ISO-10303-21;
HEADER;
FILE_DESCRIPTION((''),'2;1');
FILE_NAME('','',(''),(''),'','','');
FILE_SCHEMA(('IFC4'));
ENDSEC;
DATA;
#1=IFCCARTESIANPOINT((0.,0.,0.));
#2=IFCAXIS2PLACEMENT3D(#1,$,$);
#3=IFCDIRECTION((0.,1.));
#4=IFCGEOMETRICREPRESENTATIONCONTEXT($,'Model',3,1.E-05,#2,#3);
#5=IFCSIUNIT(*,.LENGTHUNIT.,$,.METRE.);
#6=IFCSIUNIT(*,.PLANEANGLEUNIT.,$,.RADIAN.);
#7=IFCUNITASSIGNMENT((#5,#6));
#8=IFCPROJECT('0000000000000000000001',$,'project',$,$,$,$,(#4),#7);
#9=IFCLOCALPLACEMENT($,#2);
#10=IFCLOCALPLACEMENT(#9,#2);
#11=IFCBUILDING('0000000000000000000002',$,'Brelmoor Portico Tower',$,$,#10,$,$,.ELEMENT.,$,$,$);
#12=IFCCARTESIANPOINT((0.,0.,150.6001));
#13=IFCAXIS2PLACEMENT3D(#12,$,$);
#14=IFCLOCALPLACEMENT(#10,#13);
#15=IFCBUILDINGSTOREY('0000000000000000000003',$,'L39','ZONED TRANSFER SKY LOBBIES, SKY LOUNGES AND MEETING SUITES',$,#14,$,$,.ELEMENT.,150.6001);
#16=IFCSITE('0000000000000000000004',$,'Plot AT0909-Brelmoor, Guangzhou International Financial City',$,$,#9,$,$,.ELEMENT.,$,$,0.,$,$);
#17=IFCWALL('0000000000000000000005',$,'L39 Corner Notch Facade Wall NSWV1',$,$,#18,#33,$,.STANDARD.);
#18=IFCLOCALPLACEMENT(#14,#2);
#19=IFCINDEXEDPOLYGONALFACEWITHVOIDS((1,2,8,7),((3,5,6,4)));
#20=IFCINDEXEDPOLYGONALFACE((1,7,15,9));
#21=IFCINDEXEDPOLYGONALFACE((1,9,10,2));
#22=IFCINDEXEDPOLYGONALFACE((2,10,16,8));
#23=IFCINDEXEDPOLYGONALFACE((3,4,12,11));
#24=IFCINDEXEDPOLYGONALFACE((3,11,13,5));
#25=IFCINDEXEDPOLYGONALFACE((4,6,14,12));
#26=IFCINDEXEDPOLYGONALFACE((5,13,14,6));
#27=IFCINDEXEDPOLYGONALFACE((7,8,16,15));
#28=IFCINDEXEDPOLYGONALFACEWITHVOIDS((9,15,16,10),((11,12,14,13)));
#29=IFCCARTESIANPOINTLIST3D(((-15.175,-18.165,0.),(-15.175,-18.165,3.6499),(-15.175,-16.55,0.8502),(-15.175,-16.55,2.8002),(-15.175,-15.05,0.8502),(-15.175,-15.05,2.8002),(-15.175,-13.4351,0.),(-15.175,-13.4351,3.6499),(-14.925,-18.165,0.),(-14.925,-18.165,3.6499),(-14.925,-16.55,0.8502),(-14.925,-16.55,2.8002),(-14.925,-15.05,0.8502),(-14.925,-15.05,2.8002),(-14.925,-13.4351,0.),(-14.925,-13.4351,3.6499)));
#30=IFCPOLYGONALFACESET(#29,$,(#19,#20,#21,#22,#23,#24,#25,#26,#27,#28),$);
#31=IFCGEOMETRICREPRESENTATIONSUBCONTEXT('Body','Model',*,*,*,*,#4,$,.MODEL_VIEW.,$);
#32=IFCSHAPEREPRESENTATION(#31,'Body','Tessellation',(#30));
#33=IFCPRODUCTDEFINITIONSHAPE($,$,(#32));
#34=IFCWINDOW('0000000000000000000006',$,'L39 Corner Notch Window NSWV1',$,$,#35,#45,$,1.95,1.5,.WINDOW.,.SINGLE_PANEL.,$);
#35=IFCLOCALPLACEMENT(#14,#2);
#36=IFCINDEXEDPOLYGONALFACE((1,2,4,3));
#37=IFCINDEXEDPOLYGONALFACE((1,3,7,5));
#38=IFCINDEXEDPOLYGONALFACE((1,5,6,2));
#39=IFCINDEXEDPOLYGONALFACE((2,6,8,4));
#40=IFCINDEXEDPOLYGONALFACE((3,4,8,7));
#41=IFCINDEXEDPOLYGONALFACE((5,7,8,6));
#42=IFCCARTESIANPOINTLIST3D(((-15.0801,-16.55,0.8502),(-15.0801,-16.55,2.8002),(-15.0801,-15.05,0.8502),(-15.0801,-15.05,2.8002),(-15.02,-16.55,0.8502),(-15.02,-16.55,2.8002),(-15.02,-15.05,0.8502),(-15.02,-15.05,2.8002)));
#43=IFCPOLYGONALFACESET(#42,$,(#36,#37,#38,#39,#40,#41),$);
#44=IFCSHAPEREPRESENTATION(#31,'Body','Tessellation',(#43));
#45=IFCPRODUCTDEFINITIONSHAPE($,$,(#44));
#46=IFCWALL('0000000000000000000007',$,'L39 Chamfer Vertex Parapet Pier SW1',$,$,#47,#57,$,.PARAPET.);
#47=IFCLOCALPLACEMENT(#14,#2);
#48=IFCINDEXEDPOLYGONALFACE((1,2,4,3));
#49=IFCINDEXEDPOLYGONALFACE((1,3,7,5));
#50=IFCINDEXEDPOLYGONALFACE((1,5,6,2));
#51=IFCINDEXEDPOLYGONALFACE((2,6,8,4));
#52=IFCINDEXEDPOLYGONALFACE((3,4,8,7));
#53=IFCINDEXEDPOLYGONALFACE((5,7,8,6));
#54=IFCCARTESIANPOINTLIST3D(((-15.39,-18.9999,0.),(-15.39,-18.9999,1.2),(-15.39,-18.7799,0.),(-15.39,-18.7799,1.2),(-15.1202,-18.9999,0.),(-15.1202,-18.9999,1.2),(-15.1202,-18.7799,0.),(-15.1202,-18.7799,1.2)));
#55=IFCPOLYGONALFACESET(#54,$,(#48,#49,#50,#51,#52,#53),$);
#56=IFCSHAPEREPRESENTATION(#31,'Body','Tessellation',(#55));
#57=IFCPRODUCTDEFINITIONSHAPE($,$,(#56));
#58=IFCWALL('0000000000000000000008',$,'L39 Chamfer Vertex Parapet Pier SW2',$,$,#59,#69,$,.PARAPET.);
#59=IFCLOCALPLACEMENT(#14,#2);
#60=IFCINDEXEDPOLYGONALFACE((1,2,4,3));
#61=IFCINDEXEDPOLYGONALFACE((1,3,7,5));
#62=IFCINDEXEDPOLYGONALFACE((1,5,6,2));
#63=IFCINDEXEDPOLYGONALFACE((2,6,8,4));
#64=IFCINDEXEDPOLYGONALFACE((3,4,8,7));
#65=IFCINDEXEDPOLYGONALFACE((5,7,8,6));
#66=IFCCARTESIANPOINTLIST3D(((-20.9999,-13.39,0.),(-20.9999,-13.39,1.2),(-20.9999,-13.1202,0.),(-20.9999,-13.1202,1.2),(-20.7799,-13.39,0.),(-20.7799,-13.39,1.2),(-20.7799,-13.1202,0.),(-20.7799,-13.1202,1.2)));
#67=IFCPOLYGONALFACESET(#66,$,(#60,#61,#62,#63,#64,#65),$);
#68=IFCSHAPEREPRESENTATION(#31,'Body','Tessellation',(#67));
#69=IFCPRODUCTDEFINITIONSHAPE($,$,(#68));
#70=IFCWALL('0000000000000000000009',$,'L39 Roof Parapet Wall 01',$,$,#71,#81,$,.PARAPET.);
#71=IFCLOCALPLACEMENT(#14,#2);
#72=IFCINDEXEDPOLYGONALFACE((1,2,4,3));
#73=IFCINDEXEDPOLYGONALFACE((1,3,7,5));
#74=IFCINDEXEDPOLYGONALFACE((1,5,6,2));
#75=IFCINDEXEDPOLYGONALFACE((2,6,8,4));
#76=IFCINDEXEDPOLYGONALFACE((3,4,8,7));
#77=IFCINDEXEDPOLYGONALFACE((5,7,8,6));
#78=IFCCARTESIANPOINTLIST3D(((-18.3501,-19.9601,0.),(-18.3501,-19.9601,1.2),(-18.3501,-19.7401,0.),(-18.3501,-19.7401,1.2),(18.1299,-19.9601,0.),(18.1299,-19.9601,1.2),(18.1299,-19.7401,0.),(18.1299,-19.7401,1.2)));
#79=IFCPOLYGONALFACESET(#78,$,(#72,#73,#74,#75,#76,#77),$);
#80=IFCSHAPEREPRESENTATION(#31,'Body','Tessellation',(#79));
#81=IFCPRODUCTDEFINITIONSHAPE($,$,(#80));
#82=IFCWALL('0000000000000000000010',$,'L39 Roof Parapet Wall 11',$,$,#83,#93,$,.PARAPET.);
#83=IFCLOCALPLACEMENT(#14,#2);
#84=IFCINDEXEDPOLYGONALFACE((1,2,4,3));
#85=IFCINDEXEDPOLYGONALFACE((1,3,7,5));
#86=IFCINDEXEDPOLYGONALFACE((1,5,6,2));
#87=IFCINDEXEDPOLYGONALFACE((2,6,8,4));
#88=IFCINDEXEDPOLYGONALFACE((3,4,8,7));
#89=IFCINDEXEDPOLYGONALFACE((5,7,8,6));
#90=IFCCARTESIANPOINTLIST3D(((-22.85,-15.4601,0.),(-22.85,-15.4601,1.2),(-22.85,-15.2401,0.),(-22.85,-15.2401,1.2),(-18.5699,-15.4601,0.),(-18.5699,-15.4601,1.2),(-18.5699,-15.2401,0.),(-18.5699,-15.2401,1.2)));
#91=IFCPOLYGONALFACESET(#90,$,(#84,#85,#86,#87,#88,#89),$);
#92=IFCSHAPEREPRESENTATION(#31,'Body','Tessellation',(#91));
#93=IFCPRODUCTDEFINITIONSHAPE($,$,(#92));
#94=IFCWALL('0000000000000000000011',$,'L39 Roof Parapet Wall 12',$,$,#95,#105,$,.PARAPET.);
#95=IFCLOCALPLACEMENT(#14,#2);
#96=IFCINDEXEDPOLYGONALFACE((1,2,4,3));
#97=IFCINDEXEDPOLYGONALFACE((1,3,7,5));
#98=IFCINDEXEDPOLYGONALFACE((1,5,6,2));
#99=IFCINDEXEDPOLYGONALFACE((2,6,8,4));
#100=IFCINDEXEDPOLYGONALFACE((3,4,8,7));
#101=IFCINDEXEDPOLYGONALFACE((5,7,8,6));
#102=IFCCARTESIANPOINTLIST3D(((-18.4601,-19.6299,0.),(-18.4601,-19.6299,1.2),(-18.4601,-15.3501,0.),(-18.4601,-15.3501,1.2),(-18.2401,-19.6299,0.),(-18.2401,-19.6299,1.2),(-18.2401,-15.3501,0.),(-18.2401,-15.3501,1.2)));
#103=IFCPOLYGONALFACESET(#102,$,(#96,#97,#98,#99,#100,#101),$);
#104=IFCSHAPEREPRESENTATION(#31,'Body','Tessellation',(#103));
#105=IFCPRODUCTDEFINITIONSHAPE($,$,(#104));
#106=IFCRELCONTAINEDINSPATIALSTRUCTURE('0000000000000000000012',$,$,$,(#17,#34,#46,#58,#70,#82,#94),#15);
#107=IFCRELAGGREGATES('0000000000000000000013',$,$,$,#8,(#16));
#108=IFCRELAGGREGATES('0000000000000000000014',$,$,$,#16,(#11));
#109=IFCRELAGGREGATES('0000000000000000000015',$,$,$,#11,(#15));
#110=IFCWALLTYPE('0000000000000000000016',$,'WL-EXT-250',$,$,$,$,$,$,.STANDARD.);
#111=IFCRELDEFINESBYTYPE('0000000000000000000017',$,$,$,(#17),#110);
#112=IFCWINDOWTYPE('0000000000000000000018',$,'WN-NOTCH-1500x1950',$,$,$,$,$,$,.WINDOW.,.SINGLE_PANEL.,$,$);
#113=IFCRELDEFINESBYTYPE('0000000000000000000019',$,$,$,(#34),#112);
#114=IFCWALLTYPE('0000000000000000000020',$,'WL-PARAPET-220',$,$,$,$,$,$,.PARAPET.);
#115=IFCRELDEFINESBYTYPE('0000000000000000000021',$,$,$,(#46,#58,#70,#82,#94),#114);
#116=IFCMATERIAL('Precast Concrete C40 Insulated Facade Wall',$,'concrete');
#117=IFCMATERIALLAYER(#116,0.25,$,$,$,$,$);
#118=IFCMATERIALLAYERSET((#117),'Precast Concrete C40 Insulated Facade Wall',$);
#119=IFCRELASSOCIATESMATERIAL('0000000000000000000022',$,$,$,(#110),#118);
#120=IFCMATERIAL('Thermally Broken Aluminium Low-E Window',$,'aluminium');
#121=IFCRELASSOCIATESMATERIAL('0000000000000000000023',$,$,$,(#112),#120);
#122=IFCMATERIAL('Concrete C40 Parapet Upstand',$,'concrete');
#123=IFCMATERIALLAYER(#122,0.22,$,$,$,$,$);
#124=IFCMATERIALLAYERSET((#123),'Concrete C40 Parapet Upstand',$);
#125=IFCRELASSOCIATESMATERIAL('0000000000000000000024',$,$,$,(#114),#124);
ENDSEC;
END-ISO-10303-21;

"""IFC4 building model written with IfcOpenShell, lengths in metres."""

from ifc_helpers import new_model, si_unit, direction, frame, frame_2d, origin, place, context, subcontext, project, spatial, rectangle, extrude, material, layer, layer_set, type_object, element, fill, save


model = new_model("IFC4")

# Units and contexts
model_context = context("Model", 3, precision=1e-05, world=origin(), true_north=direction((0.0, 1.0)))
body_context = subcontext(model_context, "Body", "Model", "MODEL_VIEW")
ifc_project = project(units=[si_unit("LENGTHUNIT", "METRE"), si_unit("PLANEANGLEUNIT", "RADIAN")], contexts=[model_context])

# Site, building, storey
site_placement = place(None, origin())
site = spatial("IfcSite", under=ifc_project, at=site_placement, Name="Plot AT0909-Brelmoor, Guangzhou International Financial City", CompositionType="ELEMENT", RefElevation=0.0)
building_placement = place(site_placement, origin())
building = spatial("IfcBuilding", under=site, at=building_placement, Name="Brelmoor Portico Tower", CompositionType="ELEMENT")
storey_placement = place(building_placement, frame((0.0, 0.0, 150.6001)))
storey = spatial("IfcBuildingStorey", under=building, at=storey_placement, Name="L39", Description="ZONED TRANSFER SKY LOBBIES, SKY LOUNGES AND MEETING SUITES", CompositionType="ELEMENT", Elevation=150.6001)

# Wall, opening, window
ifc_material_1 = material(Name="Precast Concrete C40 Insulated Facade Wall", Category="concrete")
ifc_layer_1 = layer(ifc_material_1, 0.25)
ifc_layer_set_1 = layer_set([ifc_layer_1], Name="Precast Concrete C40 Insulated Facade Wall")
wall_type_1 = type_object("IfcWallType", Name="WL-EXT-250", PredefinedType="STANDARD", material=ifc_layer_set_1)
ifc_material_2 = material(Name="Thermally Broken Aluminium Low-E Window", Category="aluminium")
window_type = type_object("IfcWindowType", Name="WN-NOTCH-1500x1950", PartitioningType="SINGLE_PANEL", PredefinedType="WINDOW", material=ifc_material_2)
wall_1_placement = place(storey_placement, frame((-15.05, -18.165, 0.0), z_axis=(0.0, 0.0, 1.0), x_axis=(0.0, 1.0, 0.0)))
wall_1 = element("IfcWall", 1, at=wall_1_placement, inside=storey, type_object=wall_type_1, Name="L39 Corner Notch Facade Wall NSWV1", PredefinedType="STANDARD", context=body_context, shape_type="SweptSolid", body=[
    extrude(rectangle(XDim=4.73, YDim=0.25, at=frame_2d((2.365, 0.0))), origin(), (0.0, 0.0, 1.0), 3.6499),
])
opening_1_placement = place(wall_1_placement, frame((1.615, 0.0, 0.8501)))
opening_1 = element("IfcOpeningElement", 2, at=opening_1_placement, cuts=wall_1, PredefinedType="OPENING", context=body_context, shape_type="SweptSolid", body=[
    extrude(rectangle(XDim=1.5, YDim=1.95, at=frame_2d((0.75, 0.9751))), frame((0.0, 0.135, 0.0), z_axis=(0.0, -1.0, 0.0), x_axis=(1.0, 0.0, 0.0)), (0.0, 0.0, 1.0), 0.27),
])
window_1_placement = place(opening_1_placement, origin())
window_1 = element("IfcWindow", 3, at=window_1_placement, inside=storey, type_object=window_type, Name="L39 Corner Notch Window NSWV1", OverallHeight=1.95, OverallWidth=1.5, PartitioningType="SINGLE_PANEL", PredefinedType="WINDOW", context=body_context, shape_type="SweptSolid", body=[
    extrude(rectangle(XDim=1.5, YDim=1.95, at=frame_2d((0.75, 0.9751))), frame((0.0, 0.03, 0.0), z_axis=(0.0, -1.0, 0.0), x_axis=(1.0, 0.0, 0.0)), (0.0, 0.0, 1.0), 0.0601),
])
fill(opening_1, window_1)

# Walls
ifc_material_3 = material(Name="Concrete C40 Parapet Upstand", Category="concrete")
ifc_layer_2 = layer(ifc_material_3, 0.22)
ifc_layer_set_2 = layer_set([ifc_layer_2], Name="Concrete C40 Parapet Upstand")
wall_type_2 = type_object("IfcWallType", Name="WL-PARAPET-220", PredefinedType="PARAPET", material=ifc_layer_set_2)
for number, where, z_axis, x_axis, name in (
    (4, (-15.3899, -18.8899, 0.0), (0.0, 0.0, 1.0), (1.0, 0.0, 0.0), "L39 Chamfer Vertex Parapet Pier SW1"),
    (5, (-20.8899, -13.3899, 0.0), (0.0, 0.0, 1.0), (0.0, 1.0, 0.0), "L39 Chamfer Vertex Parapet Pier SW2"),
):
    element("IfcWall", number, at=place(storey_placement, frame(where, z_axis=z_axis, x_axis=x_axis)), inside=storey, type_object=wall_type_2, Name=name, PredefinedType="PARAPET", context=body_context, shape_type="SweptSolid", body=[
        extrude(rectangle(XDim=0.2698, YDim=0.22, at=frame_2d((0.1348, 0.0))), origin(), (0.0, 0.0, 1.0), 1.2),
    ])
wall_2_placement = place(storey_placement, frame((-18.3501, -19.8501, 0.0), z_axis=(0.0, 0.0, 1.0), x_axis=(1.0, 0.0, 0.0)))
element("IfcWall", 6, at=wall_2_placement, inside=storey, type_object=wall_type_2, Name="L39 Roof Parapet Wall 01", PredefinedType="PARAPET", context=body_context, shape_type="SweptSolid", body=[
    extrude(rectangle(XDim=36.48, YDim=0.22, at=frame_2d((18.24, 0.0))), origin(), (0.0, 0.0, 1.0), 1.2),
])
wall_3_placement = place(storey_placement, frame((-22.8501, -15.3501, 0.0), z_axis=(0.0, 0.0, 1.0), x_axis=(1.0, 0.0, 0.0)))
element("IfcWall", 7, at=wall_3_placement, inside=storey, type_object=wall_type_2, Name="L39 Roof Parapet Wall 11", PredefinedType="PARAPET", context=body_context, shape_type="SweptSolid", body=[
    extrude(rectangle(XDim=4.28, YDim=0.22, at=frame_2d((2.1401, 0.0))), origin(), (0.0, 0.0, 1.0), 1.2),
])
wall_4_placement = place(storey_placement, frame((-18.3501, -15.3501, 0.0), z_axis=(0.0, 0.0, 1.0), x_axis=(0.0, -1.0, 0.0)))
element("IfcWall", 8, at=wall_4_placement, inside=storey, type_object=wall_type_2, Name="L39 Roof Parapet Wall 12", PredefinedType="PARAPET", context=body_context, shape_type="SweptSolid", body=[
    extrude(rectangle(XDim=4.2798, YDim=0.22, at=frame_2d((2.1399, 0.0))), origin(), (0.0, 0.0, 1.0), 1.2),
])

save(model, "model.ifc")
